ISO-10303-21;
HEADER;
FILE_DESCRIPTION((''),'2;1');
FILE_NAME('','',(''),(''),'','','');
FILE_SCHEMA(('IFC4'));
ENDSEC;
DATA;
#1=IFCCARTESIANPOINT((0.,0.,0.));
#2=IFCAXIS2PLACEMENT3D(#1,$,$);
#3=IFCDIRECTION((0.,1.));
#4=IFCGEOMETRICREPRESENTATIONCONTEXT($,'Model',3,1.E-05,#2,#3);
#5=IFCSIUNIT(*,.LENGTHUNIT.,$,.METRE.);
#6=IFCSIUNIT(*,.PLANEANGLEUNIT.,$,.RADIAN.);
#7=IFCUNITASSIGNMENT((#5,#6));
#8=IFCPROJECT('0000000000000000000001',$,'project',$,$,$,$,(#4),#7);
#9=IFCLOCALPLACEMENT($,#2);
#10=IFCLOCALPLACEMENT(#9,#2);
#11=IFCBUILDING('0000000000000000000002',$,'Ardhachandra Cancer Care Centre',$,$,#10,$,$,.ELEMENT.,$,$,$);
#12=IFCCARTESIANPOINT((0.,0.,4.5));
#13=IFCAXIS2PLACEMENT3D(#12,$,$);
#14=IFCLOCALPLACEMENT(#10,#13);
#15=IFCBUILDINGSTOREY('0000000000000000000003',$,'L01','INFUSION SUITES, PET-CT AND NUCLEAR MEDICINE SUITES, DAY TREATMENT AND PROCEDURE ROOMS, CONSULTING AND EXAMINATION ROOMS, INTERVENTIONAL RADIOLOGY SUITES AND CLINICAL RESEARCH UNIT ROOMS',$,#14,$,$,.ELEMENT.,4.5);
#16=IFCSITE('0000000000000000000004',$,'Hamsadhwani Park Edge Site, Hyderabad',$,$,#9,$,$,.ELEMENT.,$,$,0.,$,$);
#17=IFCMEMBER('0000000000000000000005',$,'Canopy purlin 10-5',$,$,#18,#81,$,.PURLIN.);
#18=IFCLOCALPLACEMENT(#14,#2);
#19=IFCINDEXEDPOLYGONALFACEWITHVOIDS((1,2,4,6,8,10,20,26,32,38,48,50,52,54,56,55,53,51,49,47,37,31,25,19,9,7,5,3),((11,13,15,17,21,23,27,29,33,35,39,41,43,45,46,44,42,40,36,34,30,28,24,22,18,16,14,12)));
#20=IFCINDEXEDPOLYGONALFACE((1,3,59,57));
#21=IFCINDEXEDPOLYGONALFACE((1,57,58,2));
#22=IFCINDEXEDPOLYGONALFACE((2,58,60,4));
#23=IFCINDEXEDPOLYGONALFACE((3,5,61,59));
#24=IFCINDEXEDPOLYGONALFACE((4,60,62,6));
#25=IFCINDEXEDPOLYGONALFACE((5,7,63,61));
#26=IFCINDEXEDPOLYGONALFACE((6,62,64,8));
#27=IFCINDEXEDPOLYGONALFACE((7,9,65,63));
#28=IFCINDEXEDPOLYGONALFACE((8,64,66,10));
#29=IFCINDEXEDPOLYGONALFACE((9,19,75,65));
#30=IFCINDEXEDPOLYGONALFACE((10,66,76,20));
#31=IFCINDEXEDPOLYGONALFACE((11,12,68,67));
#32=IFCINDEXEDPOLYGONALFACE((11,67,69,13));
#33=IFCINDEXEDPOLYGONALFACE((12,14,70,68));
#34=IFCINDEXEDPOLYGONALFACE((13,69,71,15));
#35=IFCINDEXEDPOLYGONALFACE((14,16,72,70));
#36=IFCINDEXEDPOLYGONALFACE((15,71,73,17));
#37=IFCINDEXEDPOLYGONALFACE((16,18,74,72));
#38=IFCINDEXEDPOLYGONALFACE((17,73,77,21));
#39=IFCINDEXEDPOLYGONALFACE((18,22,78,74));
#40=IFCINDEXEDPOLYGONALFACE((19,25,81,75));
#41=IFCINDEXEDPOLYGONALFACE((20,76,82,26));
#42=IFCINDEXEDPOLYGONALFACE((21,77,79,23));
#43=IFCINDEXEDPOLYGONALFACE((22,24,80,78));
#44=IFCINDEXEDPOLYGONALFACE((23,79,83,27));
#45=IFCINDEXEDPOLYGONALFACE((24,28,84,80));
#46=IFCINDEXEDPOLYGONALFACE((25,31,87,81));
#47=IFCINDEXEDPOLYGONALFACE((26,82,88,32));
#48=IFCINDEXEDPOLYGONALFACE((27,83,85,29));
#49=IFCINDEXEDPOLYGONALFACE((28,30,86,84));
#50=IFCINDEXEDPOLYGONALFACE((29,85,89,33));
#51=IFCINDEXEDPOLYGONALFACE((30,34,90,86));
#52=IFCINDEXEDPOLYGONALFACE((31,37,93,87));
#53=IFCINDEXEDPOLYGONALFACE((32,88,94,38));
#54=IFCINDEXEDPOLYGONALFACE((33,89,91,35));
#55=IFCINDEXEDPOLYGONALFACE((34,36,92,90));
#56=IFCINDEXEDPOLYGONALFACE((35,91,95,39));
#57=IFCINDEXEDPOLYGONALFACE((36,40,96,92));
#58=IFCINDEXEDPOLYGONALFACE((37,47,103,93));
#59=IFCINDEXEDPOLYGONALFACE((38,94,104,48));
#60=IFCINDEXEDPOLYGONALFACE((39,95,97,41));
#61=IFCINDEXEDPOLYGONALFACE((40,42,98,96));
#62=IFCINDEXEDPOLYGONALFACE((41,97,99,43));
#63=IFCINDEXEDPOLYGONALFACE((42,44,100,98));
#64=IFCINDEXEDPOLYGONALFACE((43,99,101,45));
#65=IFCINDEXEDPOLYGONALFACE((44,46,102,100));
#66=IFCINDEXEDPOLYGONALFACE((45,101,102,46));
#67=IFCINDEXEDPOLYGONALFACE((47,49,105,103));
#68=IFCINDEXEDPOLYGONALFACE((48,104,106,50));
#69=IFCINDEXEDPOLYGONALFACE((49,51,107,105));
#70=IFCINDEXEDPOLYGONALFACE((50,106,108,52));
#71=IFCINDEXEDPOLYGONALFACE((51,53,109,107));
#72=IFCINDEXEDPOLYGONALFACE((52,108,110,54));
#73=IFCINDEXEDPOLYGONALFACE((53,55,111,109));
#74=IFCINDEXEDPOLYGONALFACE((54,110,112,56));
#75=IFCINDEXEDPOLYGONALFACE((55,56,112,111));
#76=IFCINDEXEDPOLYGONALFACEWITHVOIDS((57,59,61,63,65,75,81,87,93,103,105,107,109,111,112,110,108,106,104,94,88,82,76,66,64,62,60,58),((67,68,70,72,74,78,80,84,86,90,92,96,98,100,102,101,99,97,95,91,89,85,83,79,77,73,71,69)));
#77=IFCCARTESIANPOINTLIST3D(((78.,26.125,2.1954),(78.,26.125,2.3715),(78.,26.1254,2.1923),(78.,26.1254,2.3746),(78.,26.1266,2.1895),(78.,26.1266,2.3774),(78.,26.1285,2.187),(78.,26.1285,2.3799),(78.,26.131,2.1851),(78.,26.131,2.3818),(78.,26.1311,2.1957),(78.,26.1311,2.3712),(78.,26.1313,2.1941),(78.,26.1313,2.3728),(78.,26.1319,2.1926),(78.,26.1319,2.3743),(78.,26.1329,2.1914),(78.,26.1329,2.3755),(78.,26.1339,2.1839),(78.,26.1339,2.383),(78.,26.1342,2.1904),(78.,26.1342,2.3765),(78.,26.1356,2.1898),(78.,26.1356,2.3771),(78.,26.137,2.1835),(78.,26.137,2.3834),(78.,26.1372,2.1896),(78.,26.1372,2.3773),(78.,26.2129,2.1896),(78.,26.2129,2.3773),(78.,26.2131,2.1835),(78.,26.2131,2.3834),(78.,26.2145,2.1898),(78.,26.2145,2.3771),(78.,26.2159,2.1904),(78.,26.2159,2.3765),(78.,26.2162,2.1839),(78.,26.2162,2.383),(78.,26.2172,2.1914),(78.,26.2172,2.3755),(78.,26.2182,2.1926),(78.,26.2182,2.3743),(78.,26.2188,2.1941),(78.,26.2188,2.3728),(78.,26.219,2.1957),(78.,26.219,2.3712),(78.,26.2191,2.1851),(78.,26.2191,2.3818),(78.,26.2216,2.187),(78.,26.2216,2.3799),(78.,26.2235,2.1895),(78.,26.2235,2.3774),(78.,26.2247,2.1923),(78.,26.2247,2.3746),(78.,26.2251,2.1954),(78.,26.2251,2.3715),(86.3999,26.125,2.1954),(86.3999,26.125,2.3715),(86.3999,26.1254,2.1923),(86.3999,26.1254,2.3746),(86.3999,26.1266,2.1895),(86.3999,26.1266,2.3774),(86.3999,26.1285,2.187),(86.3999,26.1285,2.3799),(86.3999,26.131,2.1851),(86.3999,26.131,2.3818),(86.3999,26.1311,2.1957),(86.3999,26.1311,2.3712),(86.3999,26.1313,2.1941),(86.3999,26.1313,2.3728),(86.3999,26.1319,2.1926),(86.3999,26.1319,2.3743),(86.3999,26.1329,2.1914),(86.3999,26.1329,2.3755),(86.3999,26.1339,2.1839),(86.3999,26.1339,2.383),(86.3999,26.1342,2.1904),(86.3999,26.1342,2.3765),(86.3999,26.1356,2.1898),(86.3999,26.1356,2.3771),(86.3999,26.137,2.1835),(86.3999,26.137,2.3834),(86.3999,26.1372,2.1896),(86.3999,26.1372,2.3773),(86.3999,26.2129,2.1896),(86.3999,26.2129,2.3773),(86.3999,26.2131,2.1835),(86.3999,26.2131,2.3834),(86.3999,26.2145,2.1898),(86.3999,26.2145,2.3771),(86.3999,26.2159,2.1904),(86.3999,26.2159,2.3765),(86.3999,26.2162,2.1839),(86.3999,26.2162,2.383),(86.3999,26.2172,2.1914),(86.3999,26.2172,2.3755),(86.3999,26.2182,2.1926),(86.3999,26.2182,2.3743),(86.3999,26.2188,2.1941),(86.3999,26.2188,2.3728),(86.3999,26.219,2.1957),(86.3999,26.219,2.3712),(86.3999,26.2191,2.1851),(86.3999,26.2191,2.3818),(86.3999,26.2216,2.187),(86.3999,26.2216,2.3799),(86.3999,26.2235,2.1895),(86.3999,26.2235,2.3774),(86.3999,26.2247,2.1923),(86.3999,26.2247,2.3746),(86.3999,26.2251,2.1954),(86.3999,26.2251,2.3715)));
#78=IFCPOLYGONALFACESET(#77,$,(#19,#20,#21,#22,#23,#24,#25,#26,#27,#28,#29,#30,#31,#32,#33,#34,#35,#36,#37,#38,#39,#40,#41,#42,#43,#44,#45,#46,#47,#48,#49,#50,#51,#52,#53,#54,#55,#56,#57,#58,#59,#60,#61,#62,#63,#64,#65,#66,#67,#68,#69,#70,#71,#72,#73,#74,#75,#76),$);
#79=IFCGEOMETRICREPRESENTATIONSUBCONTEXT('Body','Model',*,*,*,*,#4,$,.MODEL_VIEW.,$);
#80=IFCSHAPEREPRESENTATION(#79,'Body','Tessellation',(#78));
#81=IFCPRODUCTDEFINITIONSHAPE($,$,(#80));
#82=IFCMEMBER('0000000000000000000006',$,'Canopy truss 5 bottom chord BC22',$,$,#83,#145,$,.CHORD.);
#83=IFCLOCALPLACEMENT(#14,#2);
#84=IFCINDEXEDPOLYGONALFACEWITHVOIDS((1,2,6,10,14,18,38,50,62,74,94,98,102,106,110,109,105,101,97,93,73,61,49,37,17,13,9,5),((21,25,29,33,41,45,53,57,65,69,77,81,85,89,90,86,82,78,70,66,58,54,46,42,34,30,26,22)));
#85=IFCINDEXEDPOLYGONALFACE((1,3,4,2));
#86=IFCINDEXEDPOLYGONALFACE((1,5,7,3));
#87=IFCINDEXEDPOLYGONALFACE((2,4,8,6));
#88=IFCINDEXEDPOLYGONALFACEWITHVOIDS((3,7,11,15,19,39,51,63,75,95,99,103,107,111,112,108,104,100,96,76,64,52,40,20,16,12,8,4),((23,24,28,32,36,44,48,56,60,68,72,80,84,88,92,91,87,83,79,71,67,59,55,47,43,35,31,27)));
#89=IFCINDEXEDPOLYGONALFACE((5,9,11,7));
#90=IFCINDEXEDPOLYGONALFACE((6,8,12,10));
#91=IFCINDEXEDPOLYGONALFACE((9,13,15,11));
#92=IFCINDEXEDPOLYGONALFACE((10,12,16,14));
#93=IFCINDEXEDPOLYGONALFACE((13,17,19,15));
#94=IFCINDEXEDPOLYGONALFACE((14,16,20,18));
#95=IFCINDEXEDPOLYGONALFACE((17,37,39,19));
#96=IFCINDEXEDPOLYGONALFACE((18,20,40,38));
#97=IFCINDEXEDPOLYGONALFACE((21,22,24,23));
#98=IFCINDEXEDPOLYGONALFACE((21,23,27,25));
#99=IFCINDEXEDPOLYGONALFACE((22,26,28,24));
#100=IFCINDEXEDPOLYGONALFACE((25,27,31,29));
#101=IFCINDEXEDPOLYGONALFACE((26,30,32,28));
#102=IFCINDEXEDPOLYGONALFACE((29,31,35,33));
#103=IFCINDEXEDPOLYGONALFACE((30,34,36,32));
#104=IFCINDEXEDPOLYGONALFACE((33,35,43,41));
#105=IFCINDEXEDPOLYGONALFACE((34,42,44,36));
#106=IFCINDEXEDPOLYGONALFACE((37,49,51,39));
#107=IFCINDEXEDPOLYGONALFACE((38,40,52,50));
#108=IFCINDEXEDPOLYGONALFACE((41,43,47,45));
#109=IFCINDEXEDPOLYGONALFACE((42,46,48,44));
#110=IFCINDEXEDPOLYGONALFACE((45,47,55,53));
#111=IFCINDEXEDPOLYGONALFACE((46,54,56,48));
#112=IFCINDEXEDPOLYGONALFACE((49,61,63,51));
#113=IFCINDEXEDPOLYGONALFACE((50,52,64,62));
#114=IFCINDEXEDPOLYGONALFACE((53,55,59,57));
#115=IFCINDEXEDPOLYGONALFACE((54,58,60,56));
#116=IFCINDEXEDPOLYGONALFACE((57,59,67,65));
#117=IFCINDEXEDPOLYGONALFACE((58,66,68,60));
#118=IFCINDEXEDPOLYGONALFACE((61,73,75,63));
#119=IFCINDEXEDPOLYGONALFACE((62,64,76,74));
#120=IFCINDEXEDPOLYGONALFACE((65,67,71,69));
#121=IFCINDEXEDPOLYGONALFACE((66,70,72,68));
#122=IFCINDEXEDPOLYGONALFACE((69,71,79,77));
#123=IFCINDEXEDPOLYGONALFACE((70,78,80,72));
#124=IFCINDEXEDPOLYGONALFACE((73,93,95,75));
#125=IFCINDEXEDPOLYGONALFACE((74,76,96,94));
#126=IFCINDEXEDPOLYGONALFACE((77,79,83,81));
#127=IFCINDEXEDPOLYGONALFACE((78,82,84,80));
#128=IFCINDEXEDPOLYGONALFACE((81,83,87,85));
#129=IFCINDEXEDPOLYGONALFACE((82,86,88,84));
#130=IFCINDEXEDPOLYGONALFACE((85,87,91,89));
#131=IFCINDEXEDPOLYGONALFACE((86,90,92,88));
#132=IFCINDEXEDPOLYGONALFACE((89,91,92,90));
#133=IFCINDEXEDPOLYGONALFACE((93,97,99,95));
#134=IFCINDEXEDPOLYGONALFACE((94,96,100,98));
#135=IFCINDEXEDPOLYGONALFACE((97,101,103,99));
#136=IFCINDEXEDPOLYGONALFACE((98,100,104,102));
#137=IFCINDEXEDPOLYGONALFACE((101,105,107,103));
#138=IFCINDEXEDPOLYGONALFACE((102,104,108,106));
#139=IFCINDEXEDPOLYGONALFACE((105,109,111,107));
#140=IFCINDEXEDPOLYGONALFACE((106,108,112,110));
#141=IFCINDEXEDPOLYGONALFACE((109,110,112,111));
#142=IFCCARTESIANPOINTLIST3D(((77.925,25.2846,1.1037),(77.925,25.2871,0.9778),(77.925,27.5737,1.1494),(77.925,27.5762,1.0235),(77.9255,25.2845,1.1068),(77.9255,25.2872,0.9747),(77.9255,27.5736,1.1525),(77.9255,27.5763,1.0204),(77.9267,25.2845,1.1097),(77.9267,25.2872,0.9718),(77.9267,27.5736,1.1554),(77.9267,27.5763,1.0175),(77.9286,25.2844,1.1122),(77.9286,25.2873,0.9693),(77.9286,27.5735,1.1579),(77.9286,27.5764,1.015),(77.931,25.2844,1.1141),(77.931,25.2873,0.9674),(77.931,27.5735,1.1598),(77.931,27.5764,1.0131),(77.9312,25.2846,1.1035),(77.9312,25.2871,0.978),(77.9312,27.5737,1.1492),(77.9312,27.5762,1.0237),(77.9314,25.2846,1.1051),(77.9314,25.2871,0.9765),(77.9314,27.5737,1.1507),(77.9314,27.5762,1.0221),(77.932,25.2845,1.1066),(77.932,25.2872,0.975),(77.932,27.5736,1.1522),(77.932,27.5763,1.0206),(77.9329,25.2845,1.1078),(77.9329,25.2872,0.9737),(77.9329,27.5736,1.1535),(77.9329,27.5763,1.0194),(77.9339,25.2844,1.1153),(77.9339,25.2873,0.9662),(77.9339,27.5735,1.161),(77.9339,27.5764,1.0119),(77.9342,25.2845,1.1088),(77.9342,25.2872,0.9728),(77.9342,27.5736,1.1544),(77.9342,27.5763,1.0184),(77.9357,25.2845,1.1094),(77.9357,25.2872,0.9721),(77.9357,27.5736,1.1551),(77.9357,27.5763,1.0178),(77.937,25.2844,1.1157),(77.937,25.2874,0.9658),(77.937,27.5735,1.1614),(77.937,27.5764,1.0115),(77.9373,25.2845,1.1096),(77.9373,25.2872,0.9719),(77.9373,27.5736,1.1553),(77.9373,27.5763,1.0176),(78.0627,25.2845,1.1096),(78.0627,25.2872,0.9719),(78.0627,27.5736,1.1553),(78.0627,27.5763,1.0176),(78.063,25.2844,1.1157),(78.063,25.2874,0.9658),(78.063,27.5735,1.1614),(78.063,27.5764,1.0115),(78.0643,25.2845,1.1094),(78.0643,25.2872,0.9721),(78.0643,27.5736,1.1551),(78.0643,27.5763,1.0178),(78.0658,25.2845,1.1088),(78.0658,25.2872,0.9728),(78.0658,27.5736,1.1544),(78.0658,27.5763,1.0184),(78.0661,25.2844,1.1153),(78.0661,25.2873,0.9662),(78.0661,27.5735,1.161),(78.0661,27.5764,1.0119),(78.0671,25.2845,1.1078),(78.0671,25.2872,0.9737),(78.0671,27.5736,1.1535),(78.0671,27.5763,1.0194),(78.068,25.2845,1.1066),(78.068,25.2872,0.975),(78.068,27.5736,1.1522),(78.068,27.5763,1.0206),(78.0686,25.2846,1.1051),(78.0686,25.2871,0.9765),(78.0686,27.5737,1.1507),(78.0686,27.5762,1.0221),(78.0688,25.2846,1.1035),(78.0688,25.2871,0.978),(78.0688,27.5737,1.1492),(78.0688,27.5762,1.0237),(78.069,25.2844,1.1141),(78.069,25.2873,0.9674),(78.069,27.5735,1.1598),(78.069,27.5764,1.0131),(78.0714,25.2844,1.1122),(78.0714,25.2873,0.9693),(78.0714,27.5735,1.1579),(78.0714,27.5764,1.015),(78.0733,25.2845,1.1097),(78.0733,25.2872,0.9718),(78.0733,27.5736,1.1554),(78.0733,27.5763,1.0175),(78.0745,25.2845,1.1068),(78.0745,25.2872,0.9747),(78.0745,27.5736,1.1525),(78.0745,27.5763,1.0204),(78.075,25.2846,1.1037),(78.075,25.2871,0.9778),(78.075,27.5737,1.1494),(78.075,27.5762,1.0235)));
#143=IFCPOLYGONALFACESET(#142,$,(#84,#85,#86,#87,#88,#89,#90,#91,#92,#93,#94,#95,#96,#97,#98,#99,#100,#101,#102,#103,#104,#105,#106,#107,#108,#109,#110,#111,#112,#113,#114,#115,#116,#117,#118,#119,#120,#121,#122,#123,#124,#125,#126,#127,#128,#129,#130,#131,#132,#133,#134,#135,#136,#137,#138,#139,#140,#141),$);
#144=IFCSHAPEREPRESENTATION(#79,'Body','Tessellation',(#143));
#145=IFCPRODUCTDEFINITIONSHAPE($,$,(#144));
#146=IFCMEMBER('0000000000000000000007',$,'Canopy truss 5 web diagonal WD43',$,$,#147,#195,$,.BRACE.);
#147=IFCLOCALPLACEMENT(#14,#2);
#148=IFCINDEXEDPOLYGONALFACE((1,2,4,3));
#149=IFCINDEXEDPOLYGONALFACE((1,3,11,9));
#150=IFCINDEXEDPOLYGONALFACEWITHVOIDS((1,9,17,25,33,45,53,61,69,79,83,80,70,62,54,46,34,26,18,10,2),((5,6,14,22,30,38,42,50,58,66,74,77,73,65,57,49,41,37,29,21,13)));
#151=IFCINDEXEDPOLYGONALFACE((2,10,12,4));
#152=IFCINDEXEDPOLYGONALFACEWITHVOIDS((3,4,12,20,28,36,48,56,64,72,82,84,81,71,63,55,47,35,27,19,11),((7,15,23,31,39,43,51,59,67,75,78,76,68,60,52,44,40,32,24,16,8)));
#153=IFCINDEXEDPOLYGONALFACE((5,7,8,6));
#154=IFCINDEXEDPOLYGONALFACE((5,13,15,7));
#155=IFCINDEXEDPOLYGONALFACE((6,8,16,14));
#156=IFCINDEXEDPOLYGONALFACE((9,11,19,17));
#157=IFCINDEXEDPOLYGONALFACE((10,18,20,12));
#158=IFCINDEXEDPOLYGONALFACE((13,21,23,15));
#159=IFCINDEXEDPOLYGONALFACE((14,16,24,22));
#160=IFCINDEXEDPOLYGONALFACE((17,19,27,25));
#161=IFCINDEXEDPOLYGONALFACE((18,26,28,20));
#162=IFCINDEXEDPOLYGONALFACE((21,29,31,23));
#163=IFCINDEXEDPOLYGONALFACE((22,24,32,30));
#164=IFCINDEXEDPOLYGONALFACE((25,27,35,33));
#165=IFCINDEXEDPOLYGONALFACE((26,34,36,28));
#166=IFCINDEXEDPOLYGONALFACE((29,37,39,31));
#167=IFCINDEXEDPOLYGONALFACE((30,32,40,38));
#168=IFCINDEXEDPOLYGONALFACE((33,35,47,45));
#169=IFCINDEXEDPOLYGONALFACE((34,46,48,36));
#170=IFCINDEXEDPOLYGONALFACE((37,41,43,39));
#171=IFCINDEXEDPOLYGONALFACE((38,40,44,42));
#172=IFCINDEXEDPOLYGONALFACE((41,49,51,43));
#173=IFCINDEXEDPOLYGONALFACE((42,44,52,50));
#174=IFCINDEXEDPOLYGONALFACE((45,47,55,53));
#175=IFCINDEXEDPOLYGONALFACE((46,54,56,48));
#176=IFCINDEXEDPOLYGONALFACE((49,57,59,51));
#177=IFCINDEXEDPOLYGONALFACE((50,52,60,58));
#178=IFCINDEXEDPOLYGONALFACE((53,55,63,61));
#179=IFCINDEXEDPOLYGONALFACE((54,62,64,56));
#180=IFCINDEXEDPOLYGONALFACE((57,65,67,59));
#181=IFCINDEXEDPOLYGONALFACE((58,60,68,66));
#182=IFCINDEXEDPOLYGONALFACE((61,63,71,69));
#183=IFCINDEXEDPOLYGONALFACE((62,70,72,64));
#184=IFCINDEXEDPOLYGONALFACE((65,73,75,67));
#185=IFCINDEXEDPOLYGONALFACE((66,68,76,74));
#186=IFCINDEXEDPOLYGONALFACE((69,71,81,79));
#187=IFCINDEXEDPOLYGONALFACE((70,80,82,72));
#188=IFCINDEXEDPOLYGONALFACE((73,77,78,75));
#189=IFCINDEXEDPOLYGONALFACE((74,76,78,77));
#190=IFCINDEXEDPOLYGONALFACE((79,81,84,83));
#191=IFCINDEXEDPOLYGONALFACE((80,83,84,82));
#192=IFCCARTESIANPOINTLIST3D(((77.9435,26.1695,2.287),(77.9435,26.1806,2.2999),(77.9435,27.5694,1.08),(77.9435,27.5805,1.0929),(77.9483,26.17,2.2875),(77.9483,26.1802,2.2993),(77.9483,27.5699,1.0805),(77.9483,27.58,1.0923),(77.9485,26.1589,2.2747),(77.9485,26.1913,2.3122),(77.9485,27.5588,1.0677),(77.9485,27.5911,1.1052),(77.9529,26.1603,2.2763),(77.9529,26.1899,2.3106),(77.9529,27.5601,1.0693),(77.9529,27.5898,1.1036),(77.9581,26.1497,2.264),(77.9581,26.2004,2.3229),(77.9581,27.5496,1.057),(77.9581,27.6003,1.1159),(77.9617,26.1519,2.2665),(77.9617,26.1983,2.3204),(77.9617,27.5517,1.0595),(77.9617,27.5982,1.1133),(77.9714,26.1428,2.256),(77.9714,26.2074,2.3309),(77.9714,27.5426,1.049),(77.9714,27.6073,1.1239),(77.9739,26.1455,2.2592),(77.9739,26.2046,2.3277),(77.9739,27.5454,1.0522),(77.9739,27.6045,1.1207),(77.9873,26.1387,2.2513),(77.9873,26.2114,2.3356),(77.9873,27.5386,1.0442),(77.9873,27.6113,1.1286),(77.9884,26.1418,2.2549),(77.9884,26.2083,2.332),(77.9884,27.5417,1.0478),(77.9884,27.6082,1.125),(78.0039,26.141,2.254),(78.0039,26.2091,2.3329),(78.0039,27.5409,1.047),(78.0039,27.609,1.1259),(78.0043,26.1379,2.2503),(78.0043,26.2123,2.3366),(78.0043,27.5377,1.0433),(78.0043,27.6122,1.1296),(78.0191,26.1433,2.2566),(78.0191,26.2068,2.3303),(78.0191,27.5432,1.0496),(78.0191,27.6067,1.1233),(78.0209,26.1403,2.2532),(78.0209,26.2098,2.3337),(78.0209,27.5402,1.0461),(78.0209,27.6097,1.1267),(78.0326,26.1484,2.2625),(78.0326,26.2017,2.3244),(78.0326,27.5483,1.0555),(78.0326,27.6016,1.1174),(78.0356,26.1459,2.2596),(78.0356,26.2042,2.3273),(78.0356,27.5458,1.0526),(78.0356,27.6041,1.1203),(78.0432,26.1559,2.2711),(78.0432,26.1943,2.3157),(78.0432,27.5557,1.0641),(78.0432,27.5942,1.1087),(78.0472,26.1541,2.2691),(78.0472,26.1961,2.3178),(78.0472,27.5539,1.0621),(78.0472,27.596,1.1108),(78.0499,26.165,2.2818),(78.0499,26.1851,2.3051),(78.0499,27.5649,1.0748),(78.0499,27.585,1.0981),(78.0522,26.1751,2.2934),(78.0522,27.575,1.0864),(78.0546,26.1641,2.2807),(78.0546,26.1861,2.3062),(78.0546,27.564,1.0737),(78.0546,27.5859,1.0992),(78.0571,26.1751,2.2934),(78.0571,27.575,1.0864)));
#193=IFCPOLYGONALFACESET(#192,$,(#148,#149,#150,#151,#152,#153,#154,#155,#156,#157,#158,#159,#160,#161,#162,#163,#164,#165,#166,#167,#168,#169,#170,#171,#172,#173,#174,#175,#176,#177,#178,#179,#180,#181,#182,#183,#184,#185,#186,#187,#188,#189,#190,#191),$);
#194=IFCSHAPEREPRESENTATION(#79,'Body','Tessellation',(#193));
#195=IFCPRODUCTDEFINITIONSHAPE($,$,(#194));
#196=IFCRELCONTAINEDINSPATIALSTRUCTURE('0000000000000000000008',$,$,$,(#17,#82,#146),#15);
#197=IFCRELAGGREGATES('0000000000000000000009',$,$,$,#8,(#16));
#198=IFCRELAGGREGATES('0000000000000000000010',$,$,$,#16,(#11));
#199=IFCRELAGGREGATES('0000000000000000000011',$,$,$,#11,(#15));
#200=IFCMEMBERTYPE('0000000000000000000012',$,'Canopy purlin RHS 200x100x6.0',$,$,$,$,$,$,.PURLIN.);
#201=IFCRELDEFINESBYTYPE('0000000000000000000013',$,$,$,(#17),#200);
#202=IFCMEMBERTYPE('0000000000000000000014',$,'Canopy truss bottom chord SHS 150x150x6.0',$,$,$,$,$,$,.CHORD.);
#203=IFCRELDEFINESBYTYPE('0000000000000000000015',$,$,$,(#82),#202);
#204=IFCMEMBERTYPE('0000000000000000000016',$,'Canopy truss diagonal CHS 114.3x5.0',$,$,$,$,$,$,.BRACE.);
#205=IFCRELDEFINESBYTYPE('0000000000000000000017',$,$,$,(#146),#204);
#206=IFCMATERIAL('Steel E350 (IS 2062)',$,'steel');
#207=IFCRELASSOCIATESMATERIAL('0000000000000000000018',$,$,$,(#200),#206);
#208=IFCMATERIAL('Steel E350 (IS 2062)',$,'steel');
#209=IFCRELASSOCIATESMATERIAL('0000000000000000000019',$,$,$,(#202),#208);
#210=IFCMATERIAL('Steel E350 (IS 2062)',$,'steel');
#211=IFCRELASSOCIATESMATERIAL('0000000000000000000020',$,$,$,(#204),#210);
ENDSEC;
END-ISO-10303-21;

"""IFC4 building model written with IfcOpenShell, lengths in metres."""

from ifc_helpers import new_model, si_unit, direction, frame, origin, origin_2d, place, context, subcontext, project, spatial, hollow_rectangle, hollow_circle, extrude, material, material_profile, profile_set, type_object, element, save


model = new_model("IFC4")

# Units and contexts
model_context = context("Model", 3, precision=1e-05, world=origin(), true_north=direction((0.0, 1.0)))
body_context = subcontext(model_context, "Body", "Model", "MODEL_VIEW")
ifc_project = project(units=[si_unit("LENGTHUNIT", "METRE"), si_unit("PLANEANGLEUNIT", "RADIAN")], contexts=[model_context])

# Site, building, storey
site_placement = place(None, origin())
site = spatial("IfcSite", under=ifc_project, at=site_placement, Name="Hamsadhwani Park Edge Site, Hyderabad", CompositionType="ELEMENT", RefElevation=0.0)
building_placement = place(site_placement, origin())
building = spatial("IfcBuilding", under=site, at=building_placement, Name="Ardhachandra Cancer Care Centre", CompositionType="ELEMENT")
storey_placement = place(building_placement, frame((0.0, 0.0, 4.5)))
storey = spatial("IfcBuildingStorey", under=building, at=storey_placement, Name="L01", Description="INFUSION SUITES, PET-CT AND NUCLEAR MEDICINE SUITES, DAY TREATMENT AND PROCEDURE ROOMS, CONSULTING AND EXAMINATION ROOMS, INTERVENTIONAL RADIOLOGY SUITES AND CLINICAL RESEARCH UNIT ROOMS", CompositionType="ELEMENT", Elevation=4.5)

# Members
ifc_material_1 = material(Name="Steel E350 (IS 2062)", Category="steel")
ifc_material_profile_1 = material_profile(ifc_material_1, hollow_rectangle(XDim=0.1001, YDim=0.2, WallThickness=0.0061, InnerFilletRadius=0.0061, OuterFilletRadius=0.012, at=origin_2d()), Name="RHS 200x100x6.0")
ifc_profile_set_1 = profile_set([ifc_material_profile_1], Name="Steel E350 (IS 2062)")
member_type_1 = type_object("IfcMemberType", Name="Canopy purlin RHS 200x100x6.0", PredefinedType="PURLIN", material=ifc_profile_set_1)
member_1_placement = place(storey_placement, frame((78.0, 26.175, 2.2834), z_axis=(1.0, 0.0, 0.0), x_axis=(0.0, 1.0, 0.0)))
element("IfcMember", 1, at=member_1_placement, inside=storey, type_object=member_type_1, Name="Canopy purlin 10-5", PredefinedType="PURLIN", context=body_context, shape_type="SweptSolid", body=[
    extrude(hollow_rectangle(XDim=0.1001, YDim=0.2, WallThickness=0.0061, InnerFilletRadius=0.0061, OuterFilletRadius=0.012, at=origin_2d()), origin(), (0.0, 0.0, 1.0), 8.3999),
])
ifc_material_2 = material(Name="Steel E350 (IS 2062)", Category="steel")
ifc_material_profile_2 = material_profile(ifc_material_2, hollow_rectangle(XDim=0.1499, YDim=0.1499, WallThickness=0.0061, InnerFilletRadius=0.0061, OuterFilletRadius=0.012, at=origin_2d()), Name="SHS 150x150x6.0")
ifc_profile_set_2 = profile_set([ifc_material_profile_2], Name="Steel E350 (IS 2062)")
member_type_2 = type_object("IfcMemberType", Name="Canopy truss bottom chord SHS 150x150x6.0", PredefinedType="CHORD", material=ifc_profile_set_2)
member_2_placement = place(storey_placement, frame((78.0, 27.575, 1.0864), z_axis=(0.0, -0.999801, -0.019941), x_axis=(1.0, 0.0, 0.0)))
element("IfcMember", 2, at=member_2_placement, inside=storey, type_object=member_type_2, Name="Canopy truss 5 bottom chord BC22", PredefinedType="CHORD", context=body_context, shape_type="SweptSolid", body=[
    extrude(hollow_rectangle(XDim=0.1499, YDim=0.1499, WallThickness=0.0061, InnerFilletRadius=0.0061, OuterFilletRadius=0.012, at=origin_2d()), origin(), (0.0, 0.0, 1.0), 2.2896),
])
ifc_material_3 = material(Name="Steel E350 (IS 2062)", Category="steel")
ifc_material_profile_3 = material_profile(ifc_material_3, hollow_circle(Radius=0.0571, WallThickness=0.0049, at=origin_2d()), Name="CHS 114.3x5.0")
ifc_profile_set_3 = profile_set([ifc_material_profile_3], Name="Steel E350 (IS 2062)")
member_type_3 = type_object("IfcMemberType", Name="Canopy truss diagonal CHS 114.3x5.0", PredefinedType="BRACE", material=ifc_profile_set_3)
member_3_placement = place(storey_placement, frame((78.0, 27.575, 1.0864), z_axis=(0.0, -0.757351, 0.653008), x_axis=(1.0, 0.0, 0.0)))
element("IfcMember", 3, at=member_3_placement, inside=storey, type_object=member_type_3, Name="Canopy truss 5 web diagonal WD43", PredefinedType="BRACE", context=body_context, shape_type="SweptSolid", body=[
    extrude(hollow_circle(Radius=0.0571, WallThickness=0.0049, at=origin_2d()), origin(), (0.0, 0.0, 1.0), 1.8484),
])

save(model, "model.ifc")
